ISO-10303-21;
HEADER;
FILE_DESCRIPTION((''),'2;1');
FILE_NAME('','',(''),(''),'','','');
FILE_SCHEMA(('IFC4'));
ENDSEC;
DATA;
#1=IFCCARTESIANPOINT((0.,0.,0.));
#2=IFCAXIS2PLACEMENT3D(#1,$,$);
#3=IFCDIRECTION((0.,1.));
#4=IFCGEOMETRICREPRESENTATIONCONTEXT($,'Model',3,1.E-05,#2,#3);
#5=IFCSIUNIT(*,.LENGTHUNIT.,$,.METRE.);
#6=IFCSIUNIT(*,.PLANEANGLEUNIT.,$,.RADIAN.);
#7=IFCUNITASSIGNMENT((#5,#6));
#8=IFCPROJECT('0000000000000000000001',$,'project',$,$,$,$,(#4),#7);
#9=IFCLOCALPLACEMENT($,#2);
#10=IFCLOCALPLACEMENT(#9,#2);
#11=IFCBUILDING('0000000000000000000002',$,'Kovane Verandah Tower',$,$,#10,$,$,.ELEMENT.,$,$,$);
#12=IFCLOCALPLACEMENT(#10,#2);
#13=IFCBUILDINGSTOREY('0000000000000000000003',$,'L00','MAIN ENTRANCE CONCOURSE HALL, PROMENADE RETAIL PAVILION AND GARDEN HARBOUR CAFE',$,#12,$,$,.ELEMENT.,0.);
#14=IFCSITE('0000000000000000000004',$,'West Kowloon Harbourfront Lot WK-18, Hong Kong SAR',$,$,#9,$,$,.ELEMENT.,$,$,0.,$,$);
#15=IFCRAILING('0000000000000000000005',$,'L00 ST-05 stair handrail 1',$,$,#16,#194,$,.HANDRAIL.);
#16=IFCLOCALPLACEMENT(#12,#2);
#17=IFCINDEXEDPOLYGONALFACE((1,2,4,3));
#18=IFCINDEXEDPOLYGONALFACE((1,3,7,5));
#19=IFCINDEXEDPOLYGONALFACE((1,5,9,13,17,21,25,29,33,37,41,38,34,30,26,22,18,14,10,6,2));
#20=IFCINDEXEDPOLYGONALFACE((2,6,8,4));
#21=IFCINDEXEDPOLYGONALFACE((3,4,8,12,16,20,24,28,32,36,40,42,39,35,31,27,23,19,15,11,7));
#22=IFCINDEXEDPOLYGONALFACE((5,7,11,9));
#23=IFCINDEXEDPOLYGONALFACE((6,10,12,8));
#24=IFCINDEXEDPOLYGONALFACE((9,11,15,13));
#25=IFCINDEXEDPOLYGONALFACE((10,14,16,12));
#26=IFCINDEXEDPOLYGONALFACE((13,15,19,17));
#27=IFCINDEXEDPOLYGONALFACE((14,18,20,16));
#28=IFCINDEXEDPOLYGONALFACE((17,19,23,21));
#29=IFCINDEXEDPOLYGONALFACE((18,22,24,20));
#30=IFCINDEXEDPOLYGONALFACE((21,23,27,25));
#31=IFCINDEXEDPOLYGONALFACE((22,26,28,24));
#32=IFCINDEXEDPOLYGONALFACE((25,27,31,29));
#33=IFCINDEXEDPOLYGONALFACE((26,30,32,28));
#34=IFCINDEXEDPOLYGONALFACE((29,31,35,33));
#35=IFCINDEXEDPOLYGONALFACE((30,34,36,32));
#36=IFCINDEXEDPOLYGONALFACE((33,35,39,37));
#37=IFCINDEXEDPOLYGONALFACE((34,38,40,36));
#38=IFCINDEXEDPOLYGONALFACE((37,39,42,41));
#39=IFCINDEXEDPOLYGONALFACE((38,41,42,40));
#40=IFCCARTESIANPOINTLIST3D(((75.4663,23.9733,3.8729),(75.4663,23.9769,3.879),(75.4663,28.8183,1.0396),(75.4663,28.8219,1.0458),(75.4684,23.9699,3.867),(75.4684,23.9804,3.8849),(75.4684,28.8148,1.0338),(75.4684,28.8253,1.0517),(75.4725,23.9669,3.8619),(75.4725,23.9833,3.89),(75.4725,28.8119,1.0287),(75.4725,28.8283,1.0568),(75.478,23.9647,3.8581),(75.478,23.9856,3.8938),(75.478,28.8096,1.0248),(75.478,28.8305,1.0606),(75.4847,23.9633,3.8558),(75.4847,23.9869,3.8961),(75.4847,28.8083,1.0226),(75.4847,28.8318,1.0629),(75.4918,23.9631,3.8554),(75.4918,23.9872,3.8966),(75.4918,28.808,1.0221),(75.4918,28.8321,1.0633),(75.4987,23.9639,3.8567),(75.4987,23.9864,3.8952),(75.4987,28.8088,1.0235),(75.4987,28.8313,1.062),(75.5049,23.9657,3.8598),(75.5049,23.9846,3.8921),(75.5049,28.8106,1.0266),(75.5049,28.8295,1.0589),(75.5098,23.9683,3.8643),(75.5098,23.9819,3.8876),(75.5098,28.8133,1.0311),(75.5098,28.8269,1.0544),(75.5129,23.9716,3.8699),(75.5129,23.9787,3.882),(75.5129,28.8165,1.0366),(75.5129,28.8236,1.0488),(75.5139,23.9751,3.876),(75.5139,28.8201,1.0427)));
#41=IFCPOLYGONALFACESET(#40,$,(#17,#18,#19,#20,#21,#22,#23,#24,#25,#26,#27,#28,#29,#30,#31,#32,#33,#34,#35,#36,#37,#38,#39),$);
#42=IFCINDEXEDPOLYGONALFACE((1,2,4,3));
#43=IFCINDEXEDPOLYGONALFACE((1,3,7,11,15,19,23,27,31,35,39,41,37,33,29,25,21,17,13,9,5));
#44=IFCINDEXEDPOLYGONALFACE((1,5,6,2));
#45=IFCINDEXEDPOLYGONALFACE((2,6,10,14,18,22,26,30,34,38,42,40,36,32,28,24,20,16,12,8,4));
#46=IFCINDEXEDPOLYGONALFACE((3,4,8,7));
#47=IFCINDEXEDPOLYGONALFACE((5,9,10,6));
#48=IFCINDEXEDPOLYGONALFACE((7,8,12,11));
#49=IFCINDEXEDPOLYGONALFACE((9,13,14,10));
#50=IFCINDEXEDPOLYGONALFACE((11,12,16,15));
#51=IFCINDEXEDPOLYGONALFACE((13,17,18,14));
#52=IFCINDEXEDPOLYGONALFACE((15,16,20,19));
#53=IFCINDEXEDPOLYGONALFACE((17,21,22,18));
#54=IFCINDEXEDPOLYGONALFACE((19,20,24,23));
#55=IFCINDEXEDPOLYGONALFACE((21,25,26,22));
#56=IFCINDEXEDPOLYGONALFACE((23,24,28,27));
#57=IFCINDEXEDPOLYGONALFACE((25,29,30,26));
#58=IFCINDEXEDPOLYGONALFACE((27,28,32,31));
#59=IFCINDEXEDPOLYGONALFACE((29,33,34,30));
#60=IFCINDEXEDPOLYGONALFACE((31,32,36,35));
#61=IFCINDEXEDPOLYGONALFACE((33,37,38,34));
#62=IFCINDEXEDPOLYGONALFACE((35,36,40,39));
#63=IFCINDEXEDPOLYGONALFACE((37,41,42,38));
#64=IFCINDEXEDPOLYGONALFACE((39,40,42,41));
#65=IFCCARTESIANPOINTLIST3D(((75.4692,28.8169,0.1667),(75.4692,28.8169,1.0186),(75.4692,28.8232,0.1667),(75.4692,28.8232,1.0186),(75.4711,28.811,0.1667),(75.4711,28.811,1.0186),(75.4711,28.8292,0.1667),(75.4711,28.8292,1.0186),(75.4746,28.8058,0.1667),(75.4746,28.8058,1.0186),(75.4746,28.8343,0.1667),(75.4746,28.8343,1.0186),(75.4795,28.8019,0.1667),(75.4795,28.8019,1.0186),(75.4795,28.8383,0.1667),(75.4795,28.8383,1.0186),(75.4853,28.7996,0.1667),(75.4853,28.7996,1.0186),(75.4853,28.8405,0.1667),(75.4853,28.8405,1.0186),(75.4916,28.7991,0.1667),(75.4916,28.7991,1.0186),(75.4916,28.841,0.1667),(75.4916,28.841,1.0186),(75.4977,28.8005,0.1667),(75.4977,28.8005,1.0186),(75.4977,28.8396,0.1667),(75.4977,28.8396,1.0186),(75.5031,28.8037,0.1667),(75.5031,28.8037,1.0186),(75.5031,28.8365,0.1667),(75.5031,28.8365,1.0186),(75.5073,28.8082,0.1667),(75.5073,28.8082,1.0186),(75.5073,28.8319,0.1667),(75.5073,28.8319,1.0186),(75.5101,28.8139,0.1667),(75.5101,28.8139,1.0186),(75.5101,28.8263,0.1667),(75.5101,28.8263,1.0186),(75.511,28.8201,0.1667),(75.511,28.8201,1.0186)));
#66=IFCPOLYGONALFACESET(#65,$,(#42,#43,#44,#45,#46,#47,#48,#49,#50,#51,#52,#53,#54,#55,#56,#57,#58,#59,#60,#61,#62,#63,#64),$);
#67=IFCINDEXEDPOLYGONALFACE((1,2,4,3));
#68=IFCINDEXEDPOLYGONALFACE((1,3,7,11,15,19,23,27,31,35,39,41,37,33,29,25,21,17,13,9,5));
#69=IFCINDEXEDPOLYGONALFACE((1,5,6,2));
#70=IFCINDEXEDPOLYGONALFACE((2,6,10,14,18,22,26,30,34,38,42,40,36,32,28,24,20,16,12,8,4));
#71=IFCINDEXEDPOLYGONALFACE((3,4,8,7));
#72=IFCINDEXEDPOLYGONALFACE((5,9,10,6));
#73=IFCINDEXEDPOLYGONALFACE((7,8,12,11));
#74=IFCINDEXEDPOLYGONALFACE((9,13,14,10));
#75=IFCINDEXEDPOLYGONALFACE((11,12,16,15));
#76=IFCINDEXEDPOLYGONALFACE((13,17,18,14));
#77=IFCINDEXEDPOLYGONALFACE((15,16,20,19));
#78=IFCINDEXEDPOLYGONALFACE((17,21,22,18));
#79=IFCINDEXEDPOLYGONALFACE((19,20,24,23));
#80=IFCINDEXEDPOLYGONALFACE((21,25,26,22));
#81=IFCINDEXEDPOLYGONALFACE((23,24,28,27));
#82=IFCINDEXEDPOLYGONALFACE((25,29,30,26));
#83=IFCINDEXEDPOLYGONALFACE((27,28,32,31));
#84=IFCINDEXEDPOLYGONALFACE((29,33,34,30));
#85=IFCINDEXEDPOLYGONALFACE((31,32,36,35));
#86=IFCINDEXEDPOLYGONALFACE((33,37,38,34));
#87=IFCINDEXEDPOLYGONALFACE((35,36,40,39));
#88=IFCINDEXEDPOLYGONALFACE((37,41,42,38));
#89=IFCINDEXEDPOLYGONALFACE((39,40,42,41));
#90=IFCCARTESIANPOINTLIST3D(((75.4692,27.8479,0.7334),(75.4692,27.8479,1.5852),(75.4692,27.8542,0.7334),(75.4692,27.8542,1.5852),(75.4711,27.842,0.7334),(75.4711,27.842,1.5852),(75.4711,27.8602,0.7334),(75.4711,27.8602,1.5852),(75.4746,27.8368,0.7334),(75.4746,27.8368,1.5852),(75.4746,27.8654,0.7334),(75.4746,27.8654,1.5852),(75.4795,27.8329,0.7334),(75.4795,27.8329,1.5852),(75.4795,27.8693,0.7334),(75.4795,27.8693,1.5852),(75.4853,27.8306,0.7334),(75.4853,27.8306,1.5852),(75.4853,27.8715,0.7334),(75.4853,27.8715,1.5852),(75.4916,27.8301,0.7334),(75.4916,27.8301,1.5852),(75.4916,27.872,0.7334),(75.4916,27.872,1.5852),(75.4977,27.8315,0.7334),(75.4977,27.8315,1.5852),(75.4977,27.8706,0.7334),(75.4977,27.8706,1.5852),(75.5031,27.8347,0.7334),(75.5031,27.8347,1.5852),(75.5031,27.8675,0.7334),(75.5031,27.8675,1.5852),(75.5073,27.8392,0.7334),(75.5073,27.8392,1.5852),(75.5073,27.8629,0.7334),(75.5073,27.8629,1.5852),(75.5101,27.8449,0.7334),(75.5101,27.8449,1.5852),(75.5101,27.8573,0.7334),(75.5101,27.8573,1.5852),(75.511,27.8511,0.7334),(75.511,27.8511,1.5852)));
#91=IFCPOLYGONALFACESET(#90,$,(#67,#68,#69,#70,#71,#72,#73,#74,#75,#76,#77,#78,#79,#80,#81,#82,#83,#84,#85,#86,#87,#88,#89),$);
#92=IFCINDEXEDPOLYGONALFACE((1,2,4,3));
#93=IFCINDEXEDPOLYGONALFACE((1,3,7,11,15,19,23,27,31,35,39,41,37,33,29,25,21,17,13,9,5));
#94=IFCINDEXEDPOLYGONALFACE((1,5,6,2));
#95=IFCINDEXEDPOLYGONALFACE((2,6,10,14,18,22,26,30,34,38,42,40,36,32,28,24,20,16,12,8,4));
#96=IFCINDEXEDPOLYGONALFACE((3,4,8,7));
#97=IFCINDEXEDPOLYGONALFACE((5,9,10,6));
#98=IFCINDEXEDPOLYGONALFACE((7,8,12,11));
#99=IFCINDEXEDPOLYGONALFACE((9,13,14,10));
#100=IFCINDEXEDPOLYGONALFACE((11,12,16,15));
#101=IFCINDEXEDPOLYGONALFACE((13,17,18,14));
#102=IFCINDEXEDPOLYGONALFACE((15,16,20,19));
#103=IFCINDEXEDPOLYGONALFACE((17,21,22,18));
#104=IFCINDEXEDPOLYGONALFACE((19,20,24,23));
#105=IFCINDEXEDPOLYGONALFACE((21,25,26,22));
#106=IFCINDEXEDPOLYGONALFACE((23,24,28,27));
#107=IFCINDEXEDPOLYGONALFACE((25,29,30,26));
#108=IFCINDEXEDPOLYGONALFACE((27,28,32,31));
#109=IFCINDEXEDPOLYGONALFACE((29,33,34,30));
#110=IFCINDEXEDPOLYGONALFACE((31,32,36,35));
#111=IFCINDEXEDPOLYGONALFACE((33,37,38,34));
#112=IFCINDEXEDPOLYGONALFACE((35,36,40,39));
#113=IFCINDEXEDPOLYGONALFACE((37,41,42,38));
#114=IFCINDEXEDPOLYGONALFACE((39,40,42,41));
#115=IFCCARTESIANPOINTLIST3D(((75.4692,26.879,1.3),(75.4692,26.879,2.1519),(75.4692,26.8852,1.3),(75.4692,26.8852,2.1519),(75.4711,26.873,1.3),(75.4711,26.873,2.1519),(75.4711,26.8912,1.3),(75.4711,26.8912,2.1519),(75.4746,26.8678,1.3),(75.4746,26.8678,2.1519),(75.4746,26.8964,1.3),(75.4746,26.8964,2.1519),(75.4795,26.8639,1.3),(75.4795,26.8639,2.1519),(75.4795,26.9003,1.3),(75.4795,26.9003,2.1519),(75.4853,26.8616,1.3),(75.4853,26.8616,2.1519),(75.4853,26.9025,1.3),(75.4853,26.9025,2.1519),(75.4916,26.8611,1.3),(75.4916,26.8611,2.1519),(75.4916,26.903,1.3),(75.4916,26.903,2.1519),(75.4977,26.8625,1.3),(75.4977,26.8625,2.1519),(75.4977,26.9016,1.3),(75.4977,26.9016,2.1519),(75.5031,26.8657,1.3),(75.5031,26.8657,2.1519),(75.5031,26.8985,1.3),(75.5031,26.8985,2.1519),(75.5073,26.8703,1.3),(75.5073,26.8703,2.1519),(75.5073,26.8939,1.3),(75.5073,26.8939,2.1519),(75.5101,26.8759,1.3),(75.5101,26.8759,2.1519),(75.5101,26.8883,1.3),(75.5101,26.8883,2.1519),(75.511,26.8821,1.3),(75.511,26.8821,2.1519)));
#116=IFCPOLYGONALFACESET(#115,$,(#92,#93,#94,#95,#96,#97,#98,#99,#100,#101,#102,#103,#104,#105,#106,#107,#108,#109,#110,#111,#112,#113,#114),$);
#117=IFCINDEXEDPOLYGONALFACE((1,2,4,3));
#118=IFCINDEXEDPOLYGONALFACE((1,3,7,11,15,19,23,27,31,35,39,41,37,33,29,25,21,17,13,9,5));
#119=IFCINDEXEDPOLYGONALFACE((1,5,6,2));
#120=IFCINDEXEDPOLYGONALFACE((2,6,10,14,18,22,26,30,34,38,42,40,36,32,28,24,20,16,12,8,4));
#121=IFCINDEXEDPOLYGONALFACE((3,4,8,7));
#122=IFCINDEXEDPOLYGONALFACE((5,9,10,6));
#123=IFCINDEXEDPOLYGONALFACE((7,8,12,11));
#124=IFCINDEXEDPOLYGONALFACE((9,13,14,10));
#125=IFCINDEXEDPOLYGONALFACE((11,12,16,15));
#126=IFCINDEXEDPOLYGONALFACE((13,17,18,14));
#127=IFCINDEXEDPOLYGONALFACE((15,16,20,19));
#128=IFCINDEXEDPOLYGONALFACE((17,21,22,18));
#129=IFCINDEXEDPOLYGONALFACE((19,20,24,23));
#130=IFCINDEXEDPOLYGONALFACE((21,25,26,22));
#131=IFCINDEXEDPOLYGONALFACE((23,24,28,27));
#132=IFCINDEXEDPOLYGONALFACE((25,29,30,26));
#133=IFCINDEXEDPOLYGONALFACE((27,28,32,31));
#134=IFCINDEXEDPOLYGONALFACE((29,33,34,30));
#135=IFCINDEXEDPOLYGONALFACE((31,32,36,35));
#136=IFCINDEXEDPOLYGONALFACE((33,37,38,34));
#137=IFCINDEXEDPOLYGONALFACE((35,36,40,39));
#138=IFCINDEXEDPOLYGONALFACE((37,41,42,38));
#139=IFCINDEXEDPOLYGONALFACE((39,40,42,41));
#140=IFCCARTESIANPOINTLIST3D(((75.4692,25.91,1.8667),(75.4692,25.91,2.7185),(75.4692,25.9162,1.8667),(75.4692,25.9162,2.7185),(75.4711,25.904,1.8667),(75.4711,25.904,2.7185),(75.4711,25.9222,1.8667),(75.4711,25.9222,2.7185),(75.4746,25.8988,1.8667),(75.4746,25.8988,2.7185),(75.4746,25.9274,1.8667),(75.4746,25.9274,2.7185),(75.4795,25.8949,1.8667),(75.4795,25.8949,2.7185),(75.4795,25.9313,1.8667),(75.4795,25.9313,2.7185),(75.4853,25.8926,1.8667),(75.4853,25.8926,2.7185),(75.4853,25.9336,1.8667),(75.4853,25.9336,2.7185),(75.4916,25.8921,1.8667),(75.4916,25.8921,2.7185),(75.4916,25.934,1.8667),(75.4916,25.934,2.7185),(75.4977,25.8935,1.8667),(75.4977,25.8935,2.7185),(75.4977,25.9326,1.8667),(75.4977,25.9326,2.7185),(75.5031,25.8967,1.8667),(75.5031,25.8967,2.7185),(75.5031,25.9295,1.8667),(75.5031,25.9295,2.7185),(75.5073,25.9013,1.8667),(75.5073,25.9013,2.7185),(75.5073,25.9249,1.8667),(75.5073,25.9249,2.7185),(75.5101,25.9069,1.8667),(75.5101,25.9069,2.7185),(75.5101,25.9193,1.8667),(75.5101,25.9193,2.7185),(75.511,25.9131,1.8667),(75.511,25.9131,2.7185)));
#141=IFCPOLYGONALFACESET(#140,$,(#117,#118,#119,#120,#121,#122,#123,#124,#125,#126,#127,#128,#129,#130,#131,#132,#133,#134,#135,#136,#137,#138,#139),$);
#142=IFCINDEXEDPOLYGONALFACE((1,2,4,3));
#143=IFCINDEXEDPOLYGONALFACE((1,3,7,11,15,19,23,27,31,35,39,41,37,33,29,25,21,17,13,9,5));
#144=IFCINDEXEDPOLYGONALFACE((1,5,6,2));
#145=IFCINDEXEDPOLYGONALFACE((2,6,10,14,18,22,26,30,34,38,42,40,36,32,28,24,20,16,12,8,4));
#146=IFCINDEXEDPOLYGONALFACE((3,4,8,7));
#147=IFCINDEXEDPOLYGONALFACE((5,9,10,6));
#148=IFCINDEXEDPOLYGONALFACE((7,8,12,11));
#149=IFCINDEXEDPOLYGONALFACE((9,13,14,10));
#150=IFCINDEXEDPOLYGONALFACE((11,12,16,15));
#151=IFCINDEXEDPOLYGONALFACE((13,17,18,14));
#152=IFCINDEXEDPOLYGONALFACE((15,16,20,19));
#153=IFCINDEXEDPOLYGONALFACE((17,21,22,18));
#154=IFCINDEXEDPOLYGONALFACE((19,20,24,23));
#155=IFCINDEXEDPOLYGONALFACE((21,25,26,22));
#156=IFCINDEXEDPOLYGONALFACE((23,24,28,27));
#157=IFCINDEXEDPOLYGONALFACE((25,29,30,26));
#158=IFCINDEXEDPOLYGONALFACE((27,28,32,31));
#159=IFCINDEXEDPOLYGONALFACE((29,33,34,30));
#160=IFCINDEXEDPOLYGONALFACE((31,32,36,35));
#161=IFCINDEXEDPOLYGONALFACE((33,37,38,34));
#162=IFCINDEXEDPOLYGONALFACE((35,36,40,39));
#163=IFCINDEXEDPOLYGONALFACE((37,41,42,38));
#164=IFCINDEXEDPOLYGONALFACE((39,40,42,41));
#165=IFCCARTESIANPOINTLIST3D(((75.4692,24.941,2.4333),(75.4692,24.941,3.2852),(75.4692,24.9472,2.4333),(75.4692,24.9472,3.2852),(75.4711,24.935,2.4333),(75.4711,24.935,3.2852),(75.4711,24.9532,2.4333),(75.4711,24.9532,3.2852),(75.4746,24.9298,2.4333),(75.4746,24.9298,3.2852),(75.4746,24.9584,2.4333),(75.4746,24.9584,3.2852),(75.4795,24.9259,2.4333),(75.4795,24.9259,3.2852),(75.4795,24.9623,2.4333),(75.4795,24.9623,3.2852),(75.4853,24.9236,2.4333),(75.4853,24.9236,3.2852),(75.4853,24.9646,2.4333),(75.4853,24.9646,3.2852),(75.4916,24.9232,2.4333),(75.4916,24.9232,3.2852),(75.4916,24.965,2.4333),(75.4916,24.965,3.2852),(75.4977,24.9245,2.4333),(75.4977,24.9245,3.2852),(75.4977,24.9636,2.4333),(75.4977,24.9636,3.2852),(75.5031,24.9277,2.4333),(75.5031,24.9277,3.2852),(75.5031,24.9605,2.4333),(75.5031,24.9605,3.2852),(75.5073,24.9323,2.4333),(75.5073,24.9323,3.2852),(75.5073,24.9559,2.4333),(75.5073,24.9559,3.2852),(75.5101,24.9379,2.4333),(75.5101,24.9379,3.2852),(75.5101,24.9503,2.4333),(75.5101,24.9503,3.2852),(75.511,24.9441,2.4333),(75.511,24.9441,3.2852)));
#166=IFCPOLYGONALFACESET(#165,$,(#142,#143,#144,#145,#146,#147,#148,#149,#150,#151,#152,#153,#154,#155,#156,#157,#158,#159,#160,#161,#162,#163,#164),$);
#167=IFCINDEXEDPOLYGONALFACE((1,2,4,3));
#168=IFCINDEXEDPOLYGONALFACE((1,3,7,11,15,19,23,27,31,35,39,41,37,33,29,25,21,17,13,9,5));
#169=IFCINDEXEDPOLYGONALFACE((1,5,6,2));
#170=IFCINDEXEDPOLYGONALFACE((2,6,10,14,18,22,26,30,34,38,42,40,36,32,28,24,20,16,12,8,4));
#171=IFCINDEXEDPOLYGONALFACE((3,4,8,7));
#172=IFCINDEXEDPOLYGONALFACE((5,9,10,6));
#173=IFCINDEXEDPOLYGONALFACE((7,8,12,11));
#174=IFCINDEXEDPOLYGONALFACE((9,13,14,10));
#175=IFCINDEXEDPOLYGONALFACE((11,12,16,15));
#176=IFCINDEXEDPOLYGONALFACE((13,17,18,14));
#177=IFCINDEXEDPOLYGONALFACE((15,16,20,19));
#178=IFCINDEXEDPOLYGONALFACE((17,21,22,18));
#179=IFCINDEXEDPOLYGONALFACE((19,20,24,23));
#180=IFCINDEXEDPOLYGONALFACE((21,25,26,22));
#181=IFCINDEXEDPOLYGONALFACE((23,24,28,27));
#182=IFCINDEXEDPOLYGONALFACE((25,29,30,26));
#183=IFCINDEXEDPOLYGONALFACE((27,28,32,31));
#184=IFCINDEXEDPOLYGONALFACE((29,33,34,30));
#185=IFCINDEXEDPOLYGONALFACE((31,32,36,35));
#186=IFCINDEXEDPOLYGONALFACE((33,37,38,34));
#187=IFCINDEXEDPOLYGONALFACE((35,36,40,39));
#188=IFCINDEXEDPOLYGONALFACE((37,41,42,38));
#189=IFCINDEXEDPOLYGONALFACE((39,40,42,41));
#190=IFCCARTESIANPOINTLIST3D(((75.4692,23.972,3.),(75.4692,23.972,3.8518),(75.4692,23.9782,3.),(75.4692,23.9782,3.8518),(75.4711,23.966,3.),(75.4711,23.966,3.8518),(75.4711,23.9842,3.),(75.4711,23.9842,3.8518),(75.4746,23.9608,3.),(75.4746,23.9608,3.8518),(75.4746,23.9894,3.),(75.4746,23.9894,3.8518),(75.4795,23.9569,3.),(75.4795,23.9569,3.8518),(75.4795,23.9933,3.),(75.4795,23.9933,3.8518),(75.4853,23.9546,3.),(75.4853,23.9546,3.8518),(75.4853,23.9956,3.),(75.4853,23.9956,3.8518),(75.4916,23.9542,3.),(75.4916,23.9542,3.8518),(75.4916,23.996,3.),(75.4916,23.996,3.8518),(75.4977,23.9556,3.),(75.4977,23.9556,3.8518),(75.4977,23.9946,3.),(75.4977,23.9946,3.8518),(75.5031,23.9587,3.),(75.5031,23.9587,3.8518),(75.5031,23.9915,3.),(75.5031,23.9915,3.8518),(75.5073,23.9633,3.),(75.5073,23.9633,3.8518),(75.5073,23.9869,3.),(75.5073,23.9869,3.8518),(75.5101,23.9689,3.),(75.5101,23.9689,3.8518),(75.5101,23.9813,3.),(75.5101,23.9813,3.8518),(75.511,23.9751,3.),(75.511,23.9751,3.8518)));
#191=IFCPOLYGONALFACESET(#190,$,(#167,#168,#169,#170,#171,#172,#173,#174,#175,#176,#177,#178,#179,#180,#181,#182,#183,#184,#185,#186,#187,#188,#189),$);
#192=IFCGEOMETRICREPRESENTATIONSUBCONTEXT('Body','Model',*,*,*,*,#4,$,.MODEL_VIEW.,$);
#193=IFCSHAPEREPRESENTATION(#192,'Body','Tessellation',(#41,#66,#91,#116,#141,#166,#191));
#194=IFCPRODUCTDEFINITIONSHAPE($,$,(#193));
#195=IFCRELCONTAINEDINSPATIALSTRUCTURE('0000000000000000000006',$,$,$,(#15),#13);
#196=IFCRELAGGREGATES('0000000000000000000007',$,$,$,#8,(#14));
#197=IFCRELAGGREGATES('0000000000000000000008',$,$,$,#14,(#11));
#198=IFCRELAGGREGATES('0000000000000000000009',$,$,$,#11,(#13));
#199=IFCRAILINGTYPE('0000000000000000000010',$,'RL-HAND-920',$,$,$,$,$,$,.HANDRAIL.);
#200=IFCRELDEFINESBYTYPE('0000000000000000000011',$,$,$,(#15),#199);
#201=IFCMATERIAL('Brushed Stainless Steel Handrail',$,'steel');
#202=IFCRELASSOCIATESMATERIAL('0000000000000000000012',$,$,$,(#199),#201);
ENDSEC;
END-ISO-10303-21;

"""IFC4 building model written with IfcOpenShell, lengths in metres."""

from ifc_helpers import new_model, si_unit, direction, frame, origin, origin_2d, place, context, subcontext, project, spatial, circle, extrude, material, type_object, element, save


model = new_model("IFC4")

# Units and contexts
model_context = context("Model", 3, precision=1e-05, world=origin(), true_north=direction((0.0, 1.0)))
body_context = subcontext(model_context, "Body", "Model", "MODEL_VIEW")
ifc_project = project(units=[si_unit("LENGTHUNIT", "METRE"), si_unit("PLANEANGLEUNIT", "RADIAN")], contexts=[model_context])

# Site, building, storey
site_placement = place(None, origin())
site = spatial("IfcSite", under=ifc_project, at=site_placement, Name="West Kowloon Harbourfront Lot WK-18, Hong Kong SAR", CompositionType="ELEMENT", RefElevation=0.0)
building_placement = place(site_placement, origin())
building = spatial("IfcBuilding", under=site, at=building_placement, Name="Kovane Verandah Tower", CompositionType="ELEMENT")
storey_placement = place(building_placement, origin())
storey = spatial("IfcBuildingStorey", under=building, at=storey_placement, Name="L00", Description="MAIN ENTRANCE CONCOURSE HALL, PROMENADE RETAIL PAVILION AND GARDEN HARBOUR CAFE", CompositionType="ELEMENT", Elevation=0.0)

# Railing
ifc_material_1 = material(Name="Brushed Stainless Steel Handrail", Category="steel")
railing_type_1 = type_object("IfcRailingType", Name="RL-HAND-920", PredefinedType="HANDRAIL", material=ifc_material_1)
railing_1_placement = place(storey_placement, frame((75.49, 28.8201, 0.1667)))
element("IfcRailing", 1, at=railing_1_placement, inside=storey, type_object=railing_type_1, Name="L00 ST-05 stair handrail 1", PredefinedType="HANDRAIL", context=body_context, shape_type="SweptSolid", body=[
    extrude(circle(Radius=0.0239, at=origin_2d()), frame((0.0, 0.0, 0.876), z_axis=(0.0, -0.863234, 0.504804), x_axis=(1.0, 0.0, 0.0)), (0.0, 0.0, 1.0), 5.6125),
    extrude(circle(Radius=0.021, at=origin_2d()), origin(), (0.0, 0.0, 1.0), 0.8518),
    extrude(circle(Radius=0.021, at=origin_2d()), frame((0.0, -0.969, 0.5667)), (0.0, 0.0, 1.0), 0.8518),
    extrude(circle(Radius=0.021, at=origin_2d()), frame((0.0, -1.938, 1.1333)), (0.0, 0.0, 1.0), 0.8518),
    extrude(circle(Radius=0.021, at=origin_2d()), frame((0.0, -2.907, 1.7)), (0.0, 0.0, 1.0), 0.8518),
    extrude(circle(Radius=0.021, at=origin_2d()), frame((0.0, -3.876, 2.2666)), (0.0, 0.0, 1.0), 0.8518),
    extrude(circle(Radius=0.021, at=origin_2d()), frame((0.0, -4.845, 2.8333)), (0.0, 0.0, 1.0), 0.8518),
])

save(model, "model.ifc")
